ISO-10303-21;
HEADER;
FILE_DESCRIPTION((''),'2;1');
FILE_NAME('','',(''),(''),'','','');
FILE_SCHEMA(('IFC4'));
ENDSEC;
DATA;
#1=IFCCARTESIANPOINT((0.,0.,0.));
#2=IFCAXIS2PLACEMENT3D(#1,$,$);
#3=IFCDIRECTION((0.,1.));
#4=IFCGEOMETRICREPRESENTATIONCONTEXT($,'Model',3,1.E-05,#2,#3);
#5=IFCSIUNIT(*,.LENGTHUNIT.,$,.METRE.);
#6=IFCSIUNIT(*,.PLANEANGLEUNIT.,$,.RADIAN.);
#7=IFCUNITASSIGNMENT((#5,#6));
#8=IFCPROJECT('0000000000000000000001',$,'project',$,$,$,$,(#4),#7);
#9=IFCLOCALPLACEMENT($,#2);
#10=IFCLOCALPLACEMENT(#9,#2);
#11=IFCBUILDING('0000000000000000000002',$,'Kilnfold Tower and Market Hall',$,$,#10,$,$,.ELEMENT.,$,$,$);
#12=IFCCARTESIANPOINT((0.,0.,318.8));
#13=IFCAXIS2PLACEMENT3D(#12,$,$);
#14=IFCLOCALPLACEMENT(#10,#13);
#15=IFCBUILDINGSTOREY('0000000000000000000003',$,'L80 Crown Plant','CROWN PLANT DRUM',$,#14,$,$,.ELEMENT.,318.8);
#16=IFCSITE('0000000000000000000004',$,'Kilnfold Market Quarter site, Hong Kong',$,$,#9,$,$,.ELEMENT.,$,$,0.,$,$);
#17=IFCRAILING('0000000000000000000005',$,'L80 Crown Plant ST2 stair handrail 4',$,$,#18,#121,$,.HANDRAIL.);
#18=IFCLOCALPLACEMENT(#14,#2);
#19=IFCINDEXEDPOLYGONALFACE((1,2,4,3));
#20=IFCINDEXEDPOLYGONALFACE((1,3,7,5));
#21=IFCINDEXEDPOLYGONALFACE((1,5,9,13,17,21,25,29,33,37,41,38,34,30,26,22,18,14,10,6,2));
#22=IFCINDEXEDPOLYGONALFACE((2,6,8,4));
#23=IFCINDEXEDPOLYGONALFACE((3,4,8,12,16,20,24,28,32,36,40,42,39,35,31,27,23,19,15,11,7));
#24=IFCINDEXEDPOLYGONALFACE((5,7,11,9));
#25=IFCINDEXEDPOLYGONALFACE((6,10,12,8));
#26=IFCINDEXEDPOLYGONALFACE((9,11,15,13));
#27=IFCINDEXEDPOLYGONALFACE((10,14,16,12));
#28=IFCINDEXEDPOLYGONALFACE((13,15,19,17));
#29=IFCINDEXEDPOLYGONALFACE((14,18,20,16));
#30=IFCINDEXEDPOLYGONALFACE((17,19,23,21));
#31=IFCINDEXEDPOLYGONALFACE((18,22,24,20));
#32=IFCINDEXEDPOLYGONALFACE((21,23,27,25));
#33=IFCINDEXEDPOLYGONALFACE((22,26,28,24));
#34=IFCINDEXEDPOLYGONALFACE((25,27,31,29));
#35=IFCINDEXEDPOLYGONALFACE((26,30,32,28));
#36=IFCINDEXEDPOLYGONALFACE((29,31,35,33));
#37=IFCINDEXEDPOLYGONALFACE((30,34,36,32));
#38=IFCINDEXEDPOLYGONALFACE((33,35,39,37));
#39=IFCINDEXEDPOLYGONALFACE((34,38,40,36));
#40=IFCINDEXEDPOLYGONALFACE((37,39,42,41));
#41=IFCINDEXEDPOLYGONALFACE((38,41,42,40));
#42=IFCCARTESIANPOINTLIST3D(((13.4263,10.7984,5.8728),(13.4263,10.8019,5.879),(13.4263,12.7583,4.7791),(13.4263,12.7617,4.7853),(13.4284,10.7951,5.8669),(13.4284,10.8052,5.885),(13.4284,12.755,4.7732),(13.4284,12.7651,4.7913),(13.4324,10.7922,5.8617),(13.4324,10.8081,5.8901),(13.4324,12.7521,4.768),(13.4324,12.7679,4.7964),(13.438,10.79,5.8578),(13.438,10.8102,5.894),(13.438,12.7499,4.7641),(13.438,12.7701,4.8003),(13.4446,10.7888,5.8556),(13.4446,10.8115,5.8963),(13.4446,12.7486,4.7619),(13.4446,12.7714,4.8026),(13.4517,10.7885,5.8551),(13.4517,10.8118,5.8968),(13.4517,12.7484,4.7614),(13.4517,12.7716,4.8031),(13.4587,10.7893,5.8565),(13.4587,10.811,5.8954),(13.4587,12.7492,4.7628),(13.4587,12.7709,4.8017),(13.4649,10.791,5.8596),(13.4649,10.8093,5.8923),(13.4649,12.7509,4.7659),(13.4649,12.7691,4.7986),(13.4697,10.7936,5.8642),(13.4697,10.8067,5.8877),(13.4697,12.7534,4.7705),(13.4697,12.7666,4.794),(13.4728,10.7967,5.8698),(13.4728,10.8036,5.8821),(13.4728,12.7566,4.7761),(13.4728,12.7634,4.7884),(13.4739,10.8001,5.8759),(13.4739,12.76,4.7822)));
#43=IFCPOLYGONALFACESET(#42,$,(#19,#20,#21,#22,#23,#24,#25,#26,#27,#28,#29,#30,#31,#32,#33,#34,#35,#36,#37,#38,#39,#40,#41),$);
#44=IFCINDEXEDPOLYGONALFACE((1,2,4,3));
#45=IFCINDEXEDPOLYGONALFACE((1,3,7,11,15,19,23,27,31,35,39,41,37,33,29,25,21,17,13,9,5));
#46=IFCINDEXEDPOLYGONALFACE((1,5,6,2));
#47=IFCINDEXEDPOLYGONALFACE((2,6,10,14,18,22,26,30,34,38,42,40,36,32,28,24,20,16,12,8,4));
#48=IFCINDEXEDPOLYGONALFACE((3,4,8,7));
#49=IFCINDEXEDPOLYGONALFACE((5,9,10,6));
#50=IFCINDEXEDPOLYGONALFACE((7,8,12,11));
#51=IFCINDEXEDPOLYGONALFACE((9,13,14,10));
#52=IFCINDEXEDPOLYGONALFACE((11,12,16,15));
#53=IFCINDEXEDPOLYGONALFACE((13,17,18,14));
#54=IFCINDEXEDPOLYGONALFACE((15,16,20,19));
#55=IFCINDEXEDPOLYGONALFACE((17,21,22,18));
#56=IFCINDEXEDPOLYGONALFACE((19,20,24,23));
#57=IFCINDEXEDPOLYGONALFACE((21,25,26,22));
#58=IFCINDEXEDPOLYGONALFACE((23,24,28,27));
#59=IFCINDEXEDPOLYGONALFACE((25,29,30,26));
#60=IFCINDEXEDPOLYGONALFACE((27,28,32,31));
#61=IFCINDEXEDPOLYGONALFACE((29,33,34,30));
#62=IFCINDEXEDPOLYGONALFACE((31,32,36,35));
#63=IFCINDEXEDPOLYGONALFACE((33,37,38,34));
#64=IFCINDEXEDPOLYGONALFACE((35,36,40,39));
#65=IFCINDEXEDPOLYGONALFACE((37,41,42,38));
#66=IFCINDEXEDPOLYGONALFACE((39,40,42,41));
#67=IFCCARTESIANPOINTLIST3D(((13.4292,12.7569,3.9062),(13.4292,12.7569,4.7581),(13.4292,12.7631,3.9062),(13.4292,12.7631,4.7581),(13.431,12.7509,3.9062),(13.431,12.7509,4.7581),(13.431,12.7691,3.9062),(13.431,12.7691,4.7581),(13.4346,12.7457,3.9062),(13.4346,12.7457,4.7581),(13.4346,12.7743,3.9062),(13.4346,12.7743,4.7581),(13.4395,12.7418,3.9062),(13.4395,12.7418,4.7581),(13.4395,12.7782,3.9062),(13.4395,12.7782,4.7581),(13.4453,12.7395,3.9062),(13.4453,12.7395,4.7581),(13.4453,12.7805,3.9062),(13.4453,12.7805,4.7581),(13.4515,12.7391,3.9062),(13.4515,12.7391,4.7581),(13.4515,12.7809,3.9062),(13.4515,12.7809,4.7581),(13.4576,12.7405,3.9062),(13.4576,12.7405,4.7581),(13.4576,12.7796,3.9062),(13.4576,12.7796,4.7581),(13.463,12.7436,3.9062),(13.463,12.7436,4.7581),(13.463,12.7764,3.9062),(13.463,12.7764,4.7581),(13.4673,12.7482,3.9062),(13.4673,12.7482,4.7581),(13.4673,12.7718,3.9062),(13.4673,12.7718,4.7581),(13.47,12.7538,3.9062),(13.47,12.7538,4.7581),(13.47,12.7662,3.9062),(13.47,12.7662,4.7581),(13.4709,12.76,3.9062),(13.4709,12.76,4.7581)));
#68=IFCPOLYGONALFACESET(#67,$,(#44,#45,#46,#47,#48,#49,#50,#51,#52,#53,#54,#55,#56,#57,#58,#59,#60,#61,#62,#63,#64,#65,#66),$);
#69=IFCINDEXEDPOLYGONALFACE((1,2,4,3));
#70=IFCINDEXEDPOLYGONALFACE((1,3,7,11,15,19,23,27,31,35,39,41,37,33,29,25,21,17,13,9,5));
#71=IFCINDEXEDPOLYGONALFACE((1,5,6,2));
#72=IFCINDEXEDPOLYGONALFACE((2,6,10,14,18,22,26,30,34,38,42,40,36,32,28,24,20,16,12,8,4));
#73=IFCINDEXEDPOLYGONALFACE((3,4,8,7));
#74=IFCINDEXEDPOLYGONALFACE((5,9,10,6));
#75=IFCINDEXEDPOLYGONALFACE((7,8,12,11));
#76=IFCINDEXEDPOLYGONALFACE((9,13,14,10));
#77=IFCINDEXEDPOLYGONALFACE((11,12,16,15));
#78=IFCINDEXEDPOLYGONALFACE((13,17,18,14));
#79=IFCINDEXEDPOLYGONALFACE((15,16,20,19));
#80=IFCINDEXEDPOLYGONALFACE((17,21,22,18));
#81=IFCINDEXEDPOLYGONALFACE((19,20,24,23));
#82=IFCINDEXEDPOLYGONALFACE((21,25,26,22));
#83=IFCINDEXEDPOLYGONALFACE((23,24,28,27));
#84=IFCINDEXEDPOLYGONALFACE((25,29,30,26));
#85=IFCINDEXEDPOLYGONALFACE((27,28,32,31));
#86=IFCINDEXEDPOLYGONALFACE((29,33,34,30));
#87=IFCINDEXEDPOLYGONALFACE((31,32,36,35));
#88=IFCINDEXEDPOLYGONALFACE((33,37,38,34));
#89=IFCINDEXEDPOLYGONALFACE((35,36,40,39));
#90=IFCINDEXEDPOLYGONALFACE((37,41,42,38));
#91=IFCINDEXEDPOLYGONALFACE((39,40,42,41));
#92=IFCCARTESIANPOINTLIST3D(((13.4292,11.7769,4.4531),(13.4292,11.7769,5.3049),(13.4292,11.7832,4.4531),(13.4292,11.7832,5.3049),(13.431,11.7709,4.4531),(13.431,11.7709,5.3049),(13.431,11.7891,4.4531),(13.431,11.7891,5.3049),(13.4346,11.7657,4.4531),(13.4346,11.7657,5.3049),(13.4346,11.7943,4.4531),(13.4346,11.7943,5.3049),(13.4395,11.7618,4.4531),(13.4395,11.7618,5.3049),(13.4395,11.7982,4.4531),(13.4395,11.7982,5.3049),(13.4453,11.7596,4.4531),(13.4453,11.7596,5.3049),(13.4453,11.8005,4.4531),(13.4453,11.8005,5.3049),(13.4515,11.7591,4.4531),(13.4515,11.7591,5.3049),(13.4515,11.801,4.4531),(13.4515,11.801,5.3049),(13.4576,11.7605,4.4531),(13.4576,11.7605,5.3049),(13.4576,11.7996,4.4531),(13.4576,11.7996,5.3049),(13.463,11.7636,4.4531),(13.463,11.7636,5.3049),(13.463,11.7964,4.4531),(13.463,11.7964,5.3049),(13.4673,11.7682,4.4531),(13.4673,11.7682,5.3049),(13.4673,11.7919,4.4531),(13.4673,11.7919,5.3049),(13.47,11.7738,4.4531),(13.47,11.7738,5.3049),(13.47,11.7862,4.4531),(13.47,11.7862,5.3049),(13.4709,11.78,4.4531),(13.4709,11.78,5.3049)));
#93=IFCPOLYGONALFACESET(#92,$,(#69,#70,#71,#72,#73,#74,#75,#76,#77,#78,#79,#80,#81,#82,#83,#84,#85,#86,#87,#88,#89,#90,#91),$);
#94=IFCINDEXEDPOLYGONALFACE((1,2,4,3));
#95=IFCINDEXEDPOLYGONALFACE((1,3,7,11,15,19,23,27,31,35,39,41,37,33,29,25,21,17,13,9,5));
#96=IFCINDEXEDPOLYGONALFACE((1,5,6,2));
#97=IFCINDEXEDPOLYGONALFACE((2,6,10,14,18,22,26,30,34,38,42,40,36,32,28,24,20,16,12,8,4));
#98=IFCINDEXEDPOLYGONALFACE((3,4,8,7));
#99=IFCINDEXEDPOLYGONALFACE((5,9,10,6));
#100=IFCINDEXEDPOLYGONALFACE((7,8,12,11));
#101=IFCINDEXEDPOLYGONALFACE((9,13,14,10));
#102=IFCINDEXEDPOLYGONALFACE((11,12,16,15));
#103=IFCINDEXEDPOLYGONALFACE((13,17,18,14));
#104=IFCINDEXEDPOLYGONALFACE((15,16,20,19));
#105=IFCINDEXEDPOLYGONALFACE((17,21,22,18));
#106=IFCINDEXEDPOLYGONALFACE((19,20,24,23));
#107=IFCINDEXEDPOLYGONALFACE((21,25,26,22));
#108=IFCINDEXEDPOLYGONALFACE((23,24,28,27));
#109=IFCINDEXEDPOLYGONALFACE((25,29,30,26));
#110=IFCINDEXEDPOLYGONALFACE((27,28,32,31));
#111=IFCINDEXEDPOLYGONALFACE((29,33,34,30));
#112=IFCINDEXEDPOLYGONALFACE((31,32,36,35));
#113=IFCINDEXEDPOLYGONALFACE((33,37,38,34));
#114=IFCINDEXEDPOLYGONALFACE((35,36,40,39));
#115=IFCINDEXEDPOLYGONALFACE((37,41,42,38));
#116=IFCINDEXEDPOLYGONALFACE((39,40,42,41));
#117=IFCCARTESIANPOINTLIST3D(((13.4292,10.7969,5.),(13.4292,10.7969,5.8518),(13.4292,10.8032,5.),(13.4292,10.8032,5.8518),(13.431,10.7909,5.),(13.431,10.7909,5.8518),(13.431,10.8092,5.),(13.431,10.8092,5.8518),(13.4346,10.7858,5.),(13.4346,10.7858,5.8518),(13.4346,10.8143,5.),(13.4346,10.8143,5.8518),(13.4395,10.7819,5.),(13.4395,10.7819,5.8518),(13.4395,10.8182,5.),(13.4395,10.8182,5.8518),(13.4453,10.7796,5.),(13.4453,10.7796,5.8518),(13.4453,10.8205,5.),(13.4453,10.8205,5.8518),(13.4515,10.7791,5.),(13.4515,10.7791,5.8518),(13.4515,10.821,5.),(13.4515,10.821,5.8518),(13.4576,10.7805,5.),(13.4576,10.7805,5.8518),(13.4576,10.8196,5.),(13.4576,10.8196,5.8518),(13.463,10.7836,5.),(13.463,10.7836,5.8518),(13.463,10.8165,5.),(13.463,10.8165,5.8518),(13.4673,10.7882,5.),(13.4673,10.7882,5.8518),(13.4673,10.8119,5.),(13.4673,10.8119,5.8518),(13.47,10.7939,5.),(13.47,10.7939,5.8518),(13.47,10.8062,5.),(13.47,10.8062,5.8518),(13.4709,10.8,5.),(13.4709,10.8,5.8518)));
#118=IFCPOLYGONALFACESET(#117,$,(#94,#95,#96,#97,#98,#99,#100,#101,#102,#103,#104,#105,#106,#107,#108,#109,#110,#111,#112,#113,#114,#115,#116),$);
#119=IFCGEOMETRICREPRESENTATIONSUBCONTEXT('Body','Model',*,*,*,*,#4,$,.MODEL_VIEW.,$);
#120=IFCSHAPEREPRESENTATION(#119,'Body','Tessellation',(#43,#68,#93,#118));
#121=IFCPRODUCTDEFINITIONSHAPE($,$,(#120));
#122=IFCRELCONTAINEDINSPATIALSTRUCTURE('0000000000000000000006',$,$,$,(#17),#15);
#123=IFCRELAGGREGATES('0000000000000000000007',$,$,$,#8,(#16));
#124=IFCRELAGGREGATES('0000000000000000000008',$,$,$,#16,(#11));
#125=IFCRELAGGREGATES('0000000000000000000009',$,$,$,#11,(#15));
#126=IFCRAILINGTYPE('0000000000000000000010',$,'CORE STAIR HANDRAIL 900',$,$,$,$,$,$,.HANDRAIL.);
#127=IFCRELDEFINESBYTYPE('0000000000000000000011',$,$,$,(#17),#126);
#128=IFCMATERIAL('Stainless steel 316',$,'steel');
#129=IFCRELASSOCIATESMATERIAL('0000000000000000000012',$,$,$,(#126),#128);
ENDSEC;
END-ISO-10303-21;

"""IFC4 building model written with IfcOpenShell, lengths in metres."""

from ifc_helpers import new_model, si_unit, direction, frame, origin, origin_2d, place, context, subcontext, project, spatial, circle, extrude, material, type_object, element, save


model = new_model("IFC4")

# Units and contexts
model_context = context("Model", 3, precision=1e-05, world=origin(), true_north=direction((0.0, 1.0)))
body_context = subcontext(model_context, "Body", "Model", "MODEL_VIEW")
ifc_project = project(units=[si_unit("LENGTHUNIT", "METRE"), si_unit("PLANEANGLEUNIT", "RADIAN")], contexts=[model_context])

# Site, building, storey
site_placement = place(None, origin())
site = spatial("IfcSite", under=ifc_project, at=site_placement, Name="Kilnfold Market Quarter site, Hong Kong", CompositionType="ELEMENT", RefElevation=0.0)
building_placement = place(site_placement, origin())
building = spatial("IfcBuilding", under=site, at=building_placement, Name="Kilnfold Tower and Market Hall", CompositionType="ELEMENT")
storey_placement = place(building_placement, frame((0.0, 0.0, 318.8)))
storey = spatial("IfcBuildingStorey", under=building, at=storey_placement, Name="L80 Crown Plant", Description="CROWN PLANT DRUM", CompositionType="ELEMENT", Elevation=318.8)

# Railing
ifc_material_1 = material(Name="Stainless steel 316", Category="steel")
railing_type_1 = type_object("IfcRailingType", Name="CORE STAIR HANDRAIL 900", PredefinedType="HANDRAIL", material=ifc_material_1)
railing_1_placement = place(storey_placement, frame((13.45, 12.76, 3.9062)))
element("IfcRailing", 1, at=railing_1_placement, inside=storey, type_object=railing_type_1, Name="L80 Crown Plant ST2 stair handrail 4", PredefinedType="HANDRAIL", context=body_context, shape_type="SweptSolid", body=[
    extrude(circle(Radius=0.0239, at=origin_2d()), frame((0.0, 0.0, 0.876), z_axis=(0.0, -0.873232, 0.487304), x_axis=(1.0, 0.0, 0.0)), (0.0, 0.0, 1.0), 2.2444),
    extrude(circle(Radius=0.021, at=origin_2d()), origin(), (0.0, 0.0, 1.0), 0.8518),
    extrude(circle(Radius=0.021, at=origin_2d()), frame((0.0, -0.98, 0.5469)), (0.0, 0.0, 1.0), 0.8518),
    extrude(circle(Radius=0.021, at=origin_2d()), frame((0.0, -1.96, 1.0938)), (0.0, 0.0, 1.0), 0.8518),
])

save(model, "model.ifc")
